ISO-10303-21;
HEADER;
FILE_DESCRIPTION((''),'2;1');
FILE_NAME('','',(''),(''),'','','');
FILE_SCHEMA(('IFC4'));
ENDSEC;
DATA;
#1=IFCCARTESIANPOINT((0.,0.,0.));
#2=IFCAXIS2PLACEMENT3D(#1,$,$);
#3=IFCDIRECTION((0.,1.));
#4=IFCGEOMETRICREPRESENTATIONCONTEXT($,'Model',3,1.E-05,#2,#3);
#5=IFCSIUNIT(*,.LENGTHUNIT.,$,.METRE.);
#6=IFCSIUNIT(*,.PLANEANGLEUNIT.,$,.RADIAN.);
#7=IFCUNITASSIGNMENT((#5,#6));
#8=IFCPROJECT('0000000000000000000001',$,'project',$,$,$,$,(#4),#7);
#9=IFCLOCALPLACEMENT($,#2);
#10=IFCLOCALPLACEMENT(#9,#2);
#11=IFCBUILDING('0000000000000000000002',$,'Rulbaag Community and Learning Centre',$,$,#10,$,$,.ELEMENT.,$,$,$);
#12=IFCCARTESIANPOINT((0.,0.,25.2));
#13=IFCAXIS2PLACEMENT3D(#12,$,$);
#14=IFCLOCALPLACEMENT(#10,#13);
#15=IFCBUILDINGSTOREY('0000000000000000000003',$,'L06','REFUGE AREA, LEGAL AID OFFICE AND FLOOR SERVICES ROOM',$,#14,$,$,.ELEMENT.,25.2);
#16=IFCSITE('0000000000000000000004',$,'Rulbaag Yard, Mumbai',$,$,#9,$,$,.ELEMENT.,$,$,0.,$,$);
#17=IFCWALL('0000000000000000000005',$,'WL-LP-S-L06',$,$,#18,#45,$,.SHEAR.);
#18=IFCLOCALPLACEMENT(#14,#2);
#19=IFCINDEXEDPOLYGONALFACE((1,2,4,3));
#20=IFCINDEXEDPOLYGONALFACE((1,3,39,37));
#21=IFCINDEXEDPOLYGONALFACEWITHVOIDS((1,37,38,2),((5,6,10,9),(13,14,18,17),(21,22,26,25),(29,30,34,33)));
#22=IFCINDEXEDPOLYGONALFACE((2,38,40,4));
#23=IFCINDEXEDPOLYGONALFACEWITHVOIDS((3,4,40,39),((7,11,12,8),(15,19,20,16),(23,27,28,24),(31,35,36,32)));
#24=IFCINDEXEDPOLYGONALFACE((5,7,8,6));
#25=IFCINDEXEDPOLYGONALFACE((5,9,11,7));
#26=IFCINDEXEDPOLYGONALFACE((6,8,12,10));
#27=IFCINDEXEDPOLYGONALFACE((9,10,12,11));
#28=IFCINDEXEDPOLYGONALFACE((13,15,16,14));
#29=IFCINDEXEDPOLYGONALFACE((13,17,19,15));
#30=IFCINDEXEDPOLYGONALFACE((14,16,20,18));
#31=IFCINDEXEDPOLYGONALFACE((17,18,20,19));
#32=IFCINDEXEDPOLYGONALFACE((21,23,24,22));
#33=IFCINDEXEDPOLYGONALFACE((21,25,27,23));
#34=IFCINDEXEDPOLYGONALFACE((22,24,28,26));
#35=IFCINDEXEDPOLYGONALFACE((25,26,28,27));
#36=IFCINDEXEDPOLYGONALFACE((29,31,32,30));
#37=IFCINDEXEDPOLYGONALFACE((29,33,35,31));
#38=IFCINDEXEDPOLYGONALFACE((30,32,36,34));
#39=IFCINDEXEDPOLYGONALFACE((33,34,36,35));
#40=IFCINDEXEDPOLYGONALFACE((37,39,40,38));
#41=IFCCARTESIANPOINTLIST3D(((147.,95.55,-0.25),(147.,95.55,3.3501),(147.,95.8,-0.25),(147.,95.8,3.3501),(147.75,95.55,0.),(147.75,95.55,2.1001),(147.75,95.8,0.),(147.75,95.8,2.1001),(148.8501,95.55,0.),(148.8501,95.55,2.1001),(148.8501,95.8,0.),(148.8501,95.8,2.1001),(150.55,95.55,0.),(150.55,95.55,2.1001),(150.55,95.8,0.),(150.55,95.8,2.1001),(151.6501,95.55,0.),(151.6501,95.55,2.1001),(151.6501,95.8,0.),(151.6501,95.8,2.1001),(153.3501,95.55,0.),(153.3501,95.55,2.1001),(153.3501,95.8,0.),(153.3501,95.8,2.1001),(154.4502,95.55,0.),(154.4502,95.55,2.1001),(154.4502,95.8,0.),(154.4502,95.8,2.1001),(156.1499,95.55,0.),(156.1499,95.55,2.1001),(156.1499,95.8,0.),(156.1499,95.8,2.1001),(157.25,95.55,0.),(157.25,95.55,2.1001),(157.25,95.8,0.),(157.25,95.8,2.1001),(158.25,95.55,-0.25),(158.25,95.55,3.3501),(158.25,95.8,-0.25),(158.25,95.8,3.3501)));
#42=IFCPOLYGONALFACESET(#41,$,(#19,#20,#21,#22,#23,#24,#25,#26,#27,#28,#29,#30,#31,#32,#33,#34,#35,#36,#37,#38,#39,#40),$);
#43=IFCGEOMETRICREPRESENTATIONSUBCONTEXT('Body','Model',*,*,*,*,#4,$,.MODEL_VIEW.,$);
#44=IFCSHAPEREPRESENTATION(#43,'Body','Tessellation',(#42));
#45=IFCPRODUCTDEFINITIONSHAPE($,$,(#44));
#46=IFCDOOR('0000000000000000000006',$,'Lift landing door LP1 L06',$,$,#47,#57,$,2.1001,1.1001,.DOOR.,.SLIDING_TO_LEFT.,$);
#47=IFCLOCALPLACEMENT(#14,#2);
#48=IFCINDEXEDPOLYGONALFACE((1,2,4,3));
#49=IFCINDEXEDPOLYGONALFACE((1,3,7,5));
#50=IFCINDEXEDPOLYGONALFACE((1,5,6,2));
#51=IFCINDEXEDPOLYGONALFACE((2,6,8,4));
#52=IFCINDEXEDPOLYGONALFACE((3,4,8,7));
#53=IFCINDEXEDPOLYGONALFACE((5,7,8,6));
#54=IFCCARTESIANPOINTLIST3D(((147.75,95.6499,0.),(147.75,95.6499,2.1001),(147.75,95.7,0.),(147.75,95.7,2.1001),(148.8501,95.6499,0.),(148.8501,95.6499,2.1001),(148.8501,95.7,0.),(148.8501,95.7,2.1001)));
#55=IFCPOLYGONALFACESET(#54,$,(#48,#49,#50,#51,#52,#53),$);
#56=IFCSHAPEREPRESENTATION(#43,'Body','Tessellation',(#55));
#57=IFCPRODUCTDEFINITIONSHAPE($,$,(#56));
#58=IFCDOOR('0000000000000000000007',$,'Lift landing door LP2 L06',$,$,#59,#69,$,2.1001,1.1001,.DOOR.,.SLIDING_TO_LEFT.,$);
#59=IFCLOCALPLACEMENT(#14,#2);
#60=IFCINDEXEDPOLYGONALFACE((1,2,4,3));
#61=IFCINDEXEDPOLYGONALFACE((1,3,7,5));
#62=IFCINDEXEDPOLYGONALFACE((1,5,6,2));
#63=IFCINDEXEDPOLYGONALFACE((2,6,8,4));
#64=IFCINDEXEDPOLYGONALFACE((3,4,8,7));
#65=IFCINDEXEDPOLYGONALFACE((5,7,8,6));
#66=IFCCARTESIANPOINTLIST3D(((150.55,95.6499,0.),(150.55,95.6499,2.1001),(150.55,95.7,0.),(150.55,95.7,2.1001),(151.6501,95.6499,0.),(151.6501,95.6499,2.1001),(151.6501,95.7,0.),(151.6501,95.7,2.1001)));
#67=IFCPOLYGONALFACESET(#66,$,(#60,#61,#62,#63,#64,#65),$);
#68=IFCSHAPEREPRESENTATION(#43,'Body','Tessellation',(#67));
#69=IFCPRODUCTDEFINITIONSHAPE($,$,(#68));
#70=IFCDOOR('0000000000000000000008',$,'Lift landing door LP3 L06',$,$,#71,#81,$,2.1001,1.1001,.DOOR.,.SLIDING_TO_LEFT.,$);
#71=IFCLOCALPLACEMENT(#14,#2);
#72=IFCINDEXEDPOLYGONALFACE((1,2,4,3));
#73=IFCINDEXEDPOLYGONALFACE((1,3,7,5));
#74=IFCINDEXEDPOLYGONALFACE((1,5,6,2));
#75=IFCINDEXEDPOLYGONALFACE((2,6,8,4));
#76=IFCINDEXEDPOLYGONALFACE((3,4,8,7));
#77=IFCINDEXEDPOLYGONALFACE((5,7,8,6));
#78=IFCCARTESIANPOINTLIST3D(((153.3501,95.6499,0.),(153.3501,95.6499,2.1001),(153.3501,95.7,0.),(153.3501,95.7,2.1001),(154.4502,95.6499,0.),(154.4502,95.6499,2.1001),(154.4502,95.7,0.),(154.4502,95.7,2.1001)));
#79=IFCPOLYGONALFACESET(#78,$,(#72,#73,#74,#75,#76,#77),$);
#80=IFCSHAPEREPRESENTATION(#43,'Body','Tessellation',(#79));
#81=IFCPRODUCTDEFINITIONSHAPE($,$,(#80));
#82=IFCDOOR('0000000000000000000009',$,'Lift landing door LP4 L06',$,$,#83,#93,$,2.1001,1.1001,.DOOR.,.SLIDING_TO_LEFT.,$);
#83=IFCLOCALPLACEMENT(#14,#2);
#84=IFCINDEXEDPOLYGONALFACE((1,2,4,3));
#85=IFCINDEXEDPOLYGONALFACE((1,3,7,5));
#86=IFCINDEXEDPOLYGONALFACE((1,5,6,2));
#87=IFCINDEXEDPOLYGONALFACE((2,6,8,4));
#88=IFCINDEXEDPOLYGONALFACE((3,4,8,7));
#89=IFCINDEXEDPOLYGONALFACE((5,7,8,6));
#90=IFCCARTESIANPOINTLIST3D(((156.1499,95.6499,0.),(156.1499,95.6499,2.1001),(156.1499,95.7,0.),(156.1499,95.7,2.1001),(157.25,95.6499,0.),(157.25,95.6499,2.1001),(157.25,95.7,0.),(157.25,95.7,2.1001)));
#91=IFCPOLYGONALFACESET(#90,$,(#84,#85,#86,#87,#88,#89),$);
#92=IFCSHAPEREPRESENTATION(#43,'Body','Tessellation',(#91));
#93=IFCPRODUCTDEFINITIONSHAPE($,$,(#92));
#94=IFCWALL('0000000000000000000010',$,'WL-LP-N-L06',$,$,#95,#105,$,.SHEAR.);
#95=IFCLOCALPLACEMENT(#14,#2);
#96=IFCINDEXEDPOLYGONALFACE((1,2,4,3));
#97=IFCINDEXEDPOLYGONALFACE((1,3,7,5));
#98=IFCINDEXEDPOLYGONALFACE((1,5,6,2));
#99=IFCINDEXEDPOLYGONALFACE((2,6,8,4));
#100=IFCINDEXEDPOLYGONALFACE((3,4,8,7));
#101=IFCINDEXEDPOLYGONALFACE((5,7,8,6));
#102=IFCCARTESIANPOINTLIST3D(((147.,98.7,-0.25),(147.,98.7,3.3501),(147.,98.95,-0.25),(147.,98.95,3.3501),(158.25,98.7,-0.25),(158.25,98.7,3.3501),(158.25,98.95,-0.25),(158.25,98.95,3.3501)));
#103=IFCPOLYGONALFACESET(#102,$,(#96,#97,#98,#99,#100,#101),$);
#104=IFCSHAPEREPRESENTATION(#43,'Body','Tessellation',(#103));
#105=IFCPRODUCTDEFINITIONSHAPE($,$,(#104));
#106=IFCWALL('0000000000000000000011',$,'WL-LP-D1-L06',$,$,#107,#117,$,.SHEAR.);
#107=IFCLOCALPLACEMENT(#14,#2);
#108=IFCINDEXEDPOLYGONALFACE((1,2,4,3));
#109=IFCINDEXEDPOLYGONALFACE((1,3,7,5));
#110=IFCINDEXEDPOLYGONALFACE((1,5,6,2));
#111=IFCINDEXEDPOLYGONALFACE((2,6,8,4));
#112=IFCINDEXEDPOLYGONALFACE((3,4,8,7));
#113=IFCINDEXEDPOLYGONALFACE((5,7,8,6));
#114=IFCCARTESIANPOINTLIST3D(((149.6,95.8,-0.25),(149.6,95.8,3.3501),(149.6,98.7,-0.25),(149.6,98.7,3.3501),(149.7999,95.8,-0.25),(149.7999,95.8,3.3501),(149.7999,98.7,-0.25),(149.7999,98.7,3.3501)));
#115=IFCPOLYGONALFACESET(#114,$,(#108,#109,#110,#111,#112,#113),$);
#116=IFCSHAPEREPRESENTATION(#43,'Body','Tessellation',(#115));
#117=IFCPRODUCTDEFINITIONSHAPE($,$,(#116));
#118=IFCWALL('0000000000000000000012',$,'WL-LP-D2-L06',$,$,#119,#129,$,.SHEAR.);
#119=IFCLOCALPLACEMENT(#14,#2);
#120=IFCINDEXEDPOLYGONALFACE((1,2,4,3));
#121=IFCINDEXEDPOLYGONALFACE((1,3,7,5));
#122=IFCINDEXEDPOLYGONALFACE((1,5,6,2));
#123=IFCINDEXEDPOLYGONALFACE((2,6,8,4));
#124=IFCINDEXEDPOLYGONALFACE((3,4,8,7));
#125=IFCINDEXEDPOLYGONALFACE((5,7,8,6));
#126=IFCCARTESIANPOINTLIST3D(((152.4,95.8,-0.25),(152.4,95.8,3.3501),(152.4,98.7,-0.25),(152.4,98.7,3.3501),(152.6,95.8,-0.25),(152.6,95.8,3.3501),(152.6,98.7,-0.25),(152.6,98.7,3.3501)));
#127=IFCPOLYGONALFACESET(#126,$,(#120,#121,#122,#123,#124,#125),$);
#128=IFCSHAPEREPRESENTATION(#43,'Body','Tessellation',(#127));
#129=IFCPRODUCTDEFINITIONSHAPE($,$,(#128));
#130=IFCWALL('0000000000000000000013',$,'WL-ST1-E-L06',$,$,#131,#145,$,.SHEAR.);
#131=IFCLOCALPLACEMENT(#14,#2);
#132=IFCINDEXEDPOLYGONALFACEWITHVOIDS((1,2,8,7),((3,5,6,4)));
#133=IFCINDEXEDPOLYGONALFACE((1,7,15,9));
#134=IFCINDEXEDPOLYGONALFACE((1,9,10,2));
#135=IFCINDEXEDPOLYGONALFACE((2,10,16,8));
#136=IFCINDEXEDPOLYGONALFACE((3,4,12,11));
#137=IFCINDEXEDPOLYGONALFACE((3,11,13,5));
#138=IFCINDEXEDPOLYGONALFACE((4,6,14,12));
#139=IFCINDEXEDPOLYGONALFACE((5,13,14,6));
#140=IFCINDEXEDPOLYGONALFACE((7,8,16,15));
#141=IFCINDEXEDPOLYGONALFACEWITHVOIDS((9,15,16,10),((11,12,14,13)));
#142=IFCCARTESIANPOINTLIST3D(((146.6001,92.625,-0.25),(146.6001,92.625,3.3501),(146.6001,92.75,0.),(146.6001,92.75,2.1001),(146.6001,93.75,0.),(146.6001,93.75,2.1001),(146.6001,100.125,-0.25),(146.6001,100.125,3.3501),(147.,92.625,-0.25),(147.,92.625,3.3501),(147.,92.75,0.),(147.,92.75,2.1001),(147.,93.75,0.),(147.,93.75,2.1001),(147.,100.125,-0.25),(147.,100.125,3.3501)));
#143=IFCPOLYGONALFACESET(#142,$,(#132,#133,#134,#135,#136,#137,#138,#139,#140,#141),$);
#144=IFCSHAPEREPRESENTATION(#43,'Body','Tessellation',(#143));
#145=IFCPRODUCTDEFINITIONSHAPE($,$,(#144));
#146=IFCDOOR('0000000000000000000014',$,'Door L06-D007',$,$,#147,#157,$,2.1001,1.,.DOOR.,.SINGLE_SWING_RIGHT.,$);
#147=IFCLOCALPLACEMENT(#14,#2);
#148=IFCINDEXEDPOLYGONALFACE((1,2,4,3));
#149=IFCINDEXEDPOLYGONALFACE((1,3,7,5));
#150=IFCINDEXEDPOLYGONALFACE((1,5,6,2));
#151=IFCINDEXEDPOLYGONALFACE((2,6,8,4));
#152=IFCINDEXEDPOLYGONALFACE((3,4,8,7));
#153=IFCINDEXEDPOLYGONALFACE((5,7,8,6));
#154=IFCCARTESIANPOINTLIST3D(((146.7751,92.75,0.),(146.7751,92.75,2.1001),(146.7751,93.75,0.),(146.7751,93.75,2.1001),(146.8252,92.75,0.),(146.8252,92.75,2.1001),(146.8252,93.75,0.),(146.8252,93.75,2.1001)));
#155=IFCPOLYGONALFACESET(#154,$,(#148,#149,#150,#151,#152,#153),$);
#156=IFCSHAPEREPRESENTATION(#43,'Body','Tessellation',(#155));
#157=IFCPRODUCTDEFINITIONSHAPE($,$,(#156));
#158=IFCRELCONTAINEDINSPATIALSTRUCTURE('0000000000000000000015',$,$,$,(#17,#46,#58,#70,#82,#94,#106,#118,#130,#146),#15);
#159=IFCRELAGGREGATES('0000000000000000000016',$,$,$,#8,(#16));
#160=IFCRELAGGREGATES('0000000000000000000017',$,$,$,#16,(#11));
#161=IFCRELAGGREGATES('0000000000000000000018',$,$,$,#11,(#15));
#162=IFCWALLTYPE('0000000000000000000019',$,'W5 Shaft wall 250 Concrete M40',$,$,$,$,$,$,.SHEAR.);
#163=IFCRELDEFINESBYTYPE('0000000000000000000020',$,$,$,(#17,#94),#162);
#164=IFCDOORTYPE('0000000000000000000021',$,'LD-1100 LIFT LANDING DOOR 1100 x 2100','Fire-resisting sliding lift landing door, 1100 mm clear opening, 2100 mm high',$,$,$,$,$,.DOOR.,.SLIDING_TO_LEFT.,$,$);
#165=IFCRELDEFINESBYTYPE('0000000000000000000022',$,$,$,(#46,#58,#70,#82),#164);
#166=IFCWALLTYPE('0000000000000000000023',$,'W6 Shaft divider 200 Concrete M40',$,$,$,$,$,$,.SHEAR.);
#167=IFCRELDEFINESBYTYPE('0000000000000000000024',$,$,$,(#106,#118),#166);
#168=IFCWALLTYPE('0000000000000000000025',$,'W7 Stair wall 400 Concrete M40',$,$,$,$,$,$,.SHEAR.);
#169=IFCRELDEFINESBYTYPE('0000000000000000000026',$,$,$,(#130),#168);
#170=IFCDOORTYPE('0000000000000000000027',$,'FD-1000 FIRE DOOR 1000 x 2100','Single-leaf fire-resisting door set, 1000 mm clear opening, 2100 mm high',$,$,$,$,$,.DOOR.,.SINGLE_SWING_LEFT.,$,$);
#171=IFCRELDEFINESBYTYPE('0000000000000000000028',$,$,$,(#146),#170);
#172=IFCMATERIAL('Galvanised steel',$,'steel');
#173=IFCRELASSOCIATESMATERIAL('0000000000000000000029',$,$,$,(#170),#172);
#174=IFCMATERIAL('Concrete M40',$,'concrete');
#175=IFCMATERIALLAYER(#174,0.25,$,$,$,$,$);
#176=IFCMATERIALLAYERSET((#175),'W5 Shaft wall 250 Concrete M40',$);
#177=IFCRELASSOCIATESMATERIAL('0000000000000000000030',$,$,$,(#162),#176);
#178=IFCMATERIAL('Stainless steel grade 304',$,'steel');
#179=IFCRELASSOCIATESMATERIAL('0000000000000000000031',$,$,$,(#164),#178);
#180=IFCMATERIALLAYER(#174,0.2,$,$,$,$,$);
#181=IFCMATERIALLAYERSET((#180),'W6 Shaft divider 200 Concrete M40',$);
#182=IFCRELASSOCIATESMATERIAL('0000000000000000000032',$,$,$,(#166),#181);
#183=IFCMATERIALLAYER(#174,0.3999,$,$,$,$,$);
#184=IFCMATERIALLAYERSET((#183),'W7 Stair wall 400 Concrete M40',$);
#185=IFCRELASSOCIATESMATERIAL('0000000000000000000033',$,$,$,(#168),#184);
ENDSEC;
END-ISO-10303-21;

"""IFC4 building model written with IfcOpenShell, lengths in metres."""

from ifc_helpers import new_model, si_unit, direction, frame, frame_2d, origin, place, context, subcontext, project, spatial, rectangle, extrude, material, layer, layer_set, type_object, element, fill, save


model = new_model("IFC4")

# Units and contexts
model_context = context("Model", 3, precision=1e-05, world=origin(), true_north=direction((0.0, 1.0)))
body_context = subcontext(model_context, "Body", "Model", "MODEL_VIEW")
ifc_project = project(units=[si_unit("LENGTHUNIT", "METRE"), si_unit("PLANEANGLEUNIT", "RADIAN")], contexts=[model_context])

# Site, building, storey
site_placement = place(None, origin())
site = spatial("IfcSite", under=ifc_project, at=site_placement, Name="Rulbaag Yard, Mumbai", CompositionType="ELEMENT", RefElevation=0.0)
building_placement = place(site_placement, origin())
building = spatial("IfcBuilding", under=site, at=building_placement, Name="Rulbaag Community and Learning Centre", CompositionType="ELEMENT")
storey_placement = place(building_placement, frame((0.0, 0.0, 25.2)))
storey = spatial("IfcBuildingStorey", under=building, at=storey_placement, Name="L06", Description="REFUGE AREA, LEGAL AID OFFICE AND FLOOR SERVICES ROOM", CompositionType="ELEMENT", Elevation=25.2)

# Shared definitions
ifc_material_1 = material(Name="Concrete M40", Category="concrete")

# Shared definitions
ifc_material_2 = material(Name="Galvanised steel", Category="steel")
door_type_1 = type_object("IfcDoorType", Name="FD-1000 FIRE DOOR 1000 x 2100", Description="Single-leaf fire-resisting door set, 1000 mm clear opening, 2100 mm high", OperationType="SINGLE_SWING_LEFT", PredefinedType="DOOR", material=ifc_material_2)

# Shared definitions
ifc_layer_1 = layer(ifc_material_1, 0.25)
ifc_layer_set_1 = layer_set([ifc_layer_1], Name="W5 Shaft wall 250 Concrete M40")
wall_type_1 = type_object("IfcWallType", Name="W5 Shaft wall 250 Concrete M40", PredefinedType="SHEAR", material=ifc_layer_set_1)

# Wall, openings, doors
wall_1_placement = place(storey_placement, frame((147.0, 95.675, -0.25), z_axis=(0.0, 0.0, 1.0), x_axis=(1.0, 0.0, 0.0)))
wall_1 = element("IfcWall", 1, at=wall_1_placement, inside=storey, type_object=wall_type_1, Name="WL-LP-S-L06", PredefinedType="SHEAR", context=body_context, shape_type="SweptSolid", body=[
    extrude(rectangle(XDim=11.25, YDim=0.25, at=frame_2d((5.625, 0.0))), origin(), (0.0, 0.0, 1.0), 3.6001),
])
opening_1_placement = place(wall_1_placement, frame((0.75, 0.0, 0.25)))
opening_1 = element("IfcOpeningElement", 2, at=opening_1_placement, cuts=wall_1, PredefinedType="OPENING", context=body_context, shape_type="SweptSolid", body=[
    extrude(rectangle(XDim=1.1001, YDim=2.1001, at=frame_2d((0.55, 1.05))), frame((0.0, 0.135, 0.0), z_axis=(0.0, -1.0, 0.0), x_axis=(1.0, 0.0, 0.0)), (0.0, 0.0, 1.0), 0.27),
])
opening_2_placement = place(wall_1_placement, frame((3.55, 0.0, 0.25)))
opening_2 = element("IfcOpeningElement", 3, at=opening_2_placement, cuts=wall_1, PredefinedType="OPENING", context=body_context, shape_type="SweptSolid", body=[
    extrude(rectangle(XDim=1.1001, YDim=2.1001, at=frame_2d((0.55, 1.05))), frame((0.0, 0.135, 0.0), z_axis=(0.0, -1.0, 0.0), x_axis=(1.0, 0.0, 0.0)), (0.0, 0.0, 1.0), 0.27),
])
opening_3_placement = place(wall_1_placement, frame((6.3501, 0.0, 0.25)))
opening_3 = element("IfcOpeningElement", 4, at=opening_3_placement, cuts=wall_1, PredefinedType="OPENING", context=body_context, shape_type="SweptSolid", body=[
    extrude(rectangle(XDim=1.1001, YDim=2.1001, at=frame_2d((0.55, 1.05))), frame((0.0, 0.135, 0.0), z_axis=(0.0, -1.0, 0.0), x_axis=(1.0, 0.0, 0.0)), (0.0, 0.0, 1.0), 0.27),
])
opening_4_placement = place(wall_1_placement, frame((9.1499, 0.0, 0.25)))
opening_4 = element("IfcOpeningElement", 5, at=opening_4_placement, cuts=wall_1, PredefinedType="OPENING", context=body_context, shape_type="SweptSolid", body=[
    extrude(rectangle(XDim=1.1001, YDim=2.1001, at=frame_2d((0.55, 1.05))), frame((0.0, 0.135, 0.0), z_axis=(0.0, -1.0, 0.0), x_axis=(1.0, 0.0, 0.0)), (0.0, 0.0, 1.0), 0.27),
])
ifc_material_3 = material(Name="Stainless steel grade 304", Category="steel")
door_type_2 = type_object("IfcDoorType", Name="LD-1100 LIFT LANDING DOOR 1100 x 2100", Description="Fire-resisting sliding lift landing door, 1100 mm clear opening, 2100 mm high", OperationType="SLIDING_TO_LEFT", PredefinedType="DOOR", material=ifc_material_3)
door_1_placement = place(opening_1_placement, origin())
door_1 = element("IfcDoor", 6, at=door_1_placement, inside=storey, type_object=door_type_2, Name="Lift landing door LP1 L06", OperationType="SLIDING_TO_LEFT", OverallHeight=2.1001, OverallWidth=1.1001, PredefinedType="DOOR", context=body_context, shape_type="SweptSolid", body=[
    extrude(rectangle(XDim=1.1001, YDim=2.1001, at=frame_2d((0.55, 1.05))), frame((0.0, 0.0249, 0.0), z_axis=(0.0, -1.0, 0.0), x_axis=(1.0, 0.0, 0.0)), (0.0, 0.0, 1.0), 0.05),
])
fill(opening_1, door_1)
door_2_placement = place(opening_2_placement, origin())
door_2 = element("IfcDoor", 7, at=door_2_placement, inside=storey, type_object=door_type_2, Name="Lift landing door LP2 L06", OperationType="SLIDING_TO_LEFT", OverallHeight=2.1001, OverallWidth=1.1001, PredefinedType="DOOR", context=body_context, shape_type="SweptSolid", body=[
    extrude(rectangle(XDim=1.1001, YDim=2.1001, at=frame_2d((0.55, 1.05))), frame((0.0, 0.0249, 0.0), z_axis=(0.0, -1.0, 0.0), x_axis=(1.0, 0.0, 0.0)), (0.0, 0.0, 1.0), 0.05),
])
fill(opening_2, door_2)
door_3_placement = place(opening_3_placement, origin())
door_3 = element("IfcDoor", 8, at=door_3_placement, inside=storey, type_object=door_type_2, Name="Lift landing door LP3 L06", OperationType="SLIDING_TO_LEFT", OverallHeight=2.1001, OverallWidth=1.1001, PredefinedType="DOOR", context=body_context, shape_type="SweptSolid", body=[
    extrude(rectangle(XDim=1.1001, YDim=2.1001, at=frame_2d((0.55, 1.05))), frame((0.0, 0.0249, 0.0), z_axis=(0.0, -1.0, 0.0), x_axis=(1.0, 0.0, 0.0)), (0.0, 0.0, 1.0), 0.05),
])
fill(opening_3, door_3)
door_4_placement = place(opening_4_placement, origin())
door_4 = element("IfcDoor", 9, at=door_4_placement, inside=storey, type_object=door_type_2, Name="Lift landing door LP4 L06", OperationType="SLIDING_TO_LEFT", OverallHeight=2.1001, OverallWidth=1.1001, PredefinedType="DOOR", context=body_context, shape_type="SweptSolid", body=[
    extrude(rectangle(XDim=1.1001, YDim=2.1001, at=frame_2d((0.55, 1.05))), frame((0.0, 0.0249, 0.0), z_axis=(0.0, -1.0, 0.0), x_axis=(1.0, 0.0, 0.0)), (0.0, 0.0, 1.0), 0.05),
])
fill(opening_4, door_4)

# Walls
wall_2_placement = place(storey_placement, frame((147.0, 98.825, -0.25), z_axis=(0.0, 0.0, 1.0), x_axis=(1.0, 0.0, 0.0)))
element("IfcWall", 10, at=wall_2_placement, inside=storey, type_object=wall_type_1, Name="WL-LP-N-L06", PredefinedType="SHEAR", context=body_context, shape_type="SweptSolid", body=[
    extrude(rectangle(XDim=11.25, YDim=0.25, at=frame_2d((5.625, 0.0))), origin(), (0.0, 0.0, 1.0), 3.6001),
])
ifc_layer_2 = layer(ifc_material_1, 0.2)
ifc_layer_set_2 = layer_set([ifc_layer_2], Name="W6 Shaft divider 200 Concrete M40")
wall_type_2 = type_object("IfcWallType", Name="W6 Shaft divider 200 Concrete M40", PredefinedType="SHEAR", material=ifc_layer_set_2)
for number, where, z_axis, x_axis, name in (
    (11, (149.7, 95.8, -0.25), (0.0, 0.0, 1.0), (0.0, 1.0, 0.0), "WL-LP-D1-L06"),
    (12, (152.5, 95.8, -0.25), (0.0, 0.0, 1.0), (0.0, 1.0, 0.0), "WL-LP-D2-L06"),
):
    element("IfcWall", number, at=place(storey_placement, frame(where, z_axis=z_axis, x_axis=x_axis)), inside=storey, type_object=wall_type_2, Name=name, PredefinedType="SHEAR", context=body_context, shape_type="SweptSolid", body=[
        extrude(rectangle(XDim=2.8999, YDim=0.2, at=frame_2d((1.45, 0.0))), origin(), (0.0, 0.0, 1.0), 3.6001),
    ])

# Wall, opening, door
ifc_layer_3 = layer(ifc_material_1, 0.3999)
ifc_layer_set_3 = layer_set([ifc_layer_3], Name="W7 Stair wall 400 Concrete M40")
wall_type_3 = type_object("IfcWallType", Name="W7 Stair wall 400 Concrete M40", PredefinedType="SHEAR", material=ifc_layer_set_3)
wall_3_placement = place(storey_placement, frame((146.8, 92.625, -0.25), z_axis=(0.0, 0.0, 1.0), x_axis=(0.0, 1.0, 0.0)))
wall_3 = element("IfcWall", 13, at=wall_3_placement, inside=storey, type_object=wall_type_3, Name="WL-ST1-E-L06", PredefinedType="SHEAR", context=body_context, shape_type="SweptSolid", body=[
    extrude(rectangle(XDim=7.5, YDim=0.3999, at=frame_2d((3.75, 0.0))), origin(), (0.0, 0.0, 1.0), 3.6001),
])
opening_5_placement = place(wall_3_placement, frame((0.125, 0.0, 0.25)))
opening_5 = element("IfcOpeningElement", 14, at=opening_5_placement, cuts=wall_3, PredefinedType="OPENING", context=body_context, shape_type="SweptSolid", body=[
    extrude(rectangle(XDim=1.0, YDim=2.1001, at=frame_2d((0.5, 1.05))), frame((0.0, 0.21, 0.0), z_axis=(0.0, -1.0, 0.0), x_axis=(1.0, 0.0, 0.0)), (0.0, 0.0, 1.0), 0.4199),
])
door_5_placement = place(opening_5_placement, origin())
door_5 = element("IfcDoor", 15, at=door_5_placement, inside=storey, type_object=door_type_1, Name="Door L06-D007", OperationType="SINGLE_SWING_RIGHT", OverallHeight=2.1001, OverallWidth=1.0, PredefinedType="DOOR", context=body_context, shape_type="SweptSolid", body=[
    extrude(rectangle(XDim=1.0, YDim=2.1001, at=frame_2d((0.5, 1.05))), frame((0.0, 0.0249, 0.0), z_axis=(0.0, -1.0, 0.0), x_axis=(1.0, 0.0, 0.0)), (0.0, 0.0, 1.0), 0.05),
])
fill(opening_5, door_5)

save(model, "model.ifc")
